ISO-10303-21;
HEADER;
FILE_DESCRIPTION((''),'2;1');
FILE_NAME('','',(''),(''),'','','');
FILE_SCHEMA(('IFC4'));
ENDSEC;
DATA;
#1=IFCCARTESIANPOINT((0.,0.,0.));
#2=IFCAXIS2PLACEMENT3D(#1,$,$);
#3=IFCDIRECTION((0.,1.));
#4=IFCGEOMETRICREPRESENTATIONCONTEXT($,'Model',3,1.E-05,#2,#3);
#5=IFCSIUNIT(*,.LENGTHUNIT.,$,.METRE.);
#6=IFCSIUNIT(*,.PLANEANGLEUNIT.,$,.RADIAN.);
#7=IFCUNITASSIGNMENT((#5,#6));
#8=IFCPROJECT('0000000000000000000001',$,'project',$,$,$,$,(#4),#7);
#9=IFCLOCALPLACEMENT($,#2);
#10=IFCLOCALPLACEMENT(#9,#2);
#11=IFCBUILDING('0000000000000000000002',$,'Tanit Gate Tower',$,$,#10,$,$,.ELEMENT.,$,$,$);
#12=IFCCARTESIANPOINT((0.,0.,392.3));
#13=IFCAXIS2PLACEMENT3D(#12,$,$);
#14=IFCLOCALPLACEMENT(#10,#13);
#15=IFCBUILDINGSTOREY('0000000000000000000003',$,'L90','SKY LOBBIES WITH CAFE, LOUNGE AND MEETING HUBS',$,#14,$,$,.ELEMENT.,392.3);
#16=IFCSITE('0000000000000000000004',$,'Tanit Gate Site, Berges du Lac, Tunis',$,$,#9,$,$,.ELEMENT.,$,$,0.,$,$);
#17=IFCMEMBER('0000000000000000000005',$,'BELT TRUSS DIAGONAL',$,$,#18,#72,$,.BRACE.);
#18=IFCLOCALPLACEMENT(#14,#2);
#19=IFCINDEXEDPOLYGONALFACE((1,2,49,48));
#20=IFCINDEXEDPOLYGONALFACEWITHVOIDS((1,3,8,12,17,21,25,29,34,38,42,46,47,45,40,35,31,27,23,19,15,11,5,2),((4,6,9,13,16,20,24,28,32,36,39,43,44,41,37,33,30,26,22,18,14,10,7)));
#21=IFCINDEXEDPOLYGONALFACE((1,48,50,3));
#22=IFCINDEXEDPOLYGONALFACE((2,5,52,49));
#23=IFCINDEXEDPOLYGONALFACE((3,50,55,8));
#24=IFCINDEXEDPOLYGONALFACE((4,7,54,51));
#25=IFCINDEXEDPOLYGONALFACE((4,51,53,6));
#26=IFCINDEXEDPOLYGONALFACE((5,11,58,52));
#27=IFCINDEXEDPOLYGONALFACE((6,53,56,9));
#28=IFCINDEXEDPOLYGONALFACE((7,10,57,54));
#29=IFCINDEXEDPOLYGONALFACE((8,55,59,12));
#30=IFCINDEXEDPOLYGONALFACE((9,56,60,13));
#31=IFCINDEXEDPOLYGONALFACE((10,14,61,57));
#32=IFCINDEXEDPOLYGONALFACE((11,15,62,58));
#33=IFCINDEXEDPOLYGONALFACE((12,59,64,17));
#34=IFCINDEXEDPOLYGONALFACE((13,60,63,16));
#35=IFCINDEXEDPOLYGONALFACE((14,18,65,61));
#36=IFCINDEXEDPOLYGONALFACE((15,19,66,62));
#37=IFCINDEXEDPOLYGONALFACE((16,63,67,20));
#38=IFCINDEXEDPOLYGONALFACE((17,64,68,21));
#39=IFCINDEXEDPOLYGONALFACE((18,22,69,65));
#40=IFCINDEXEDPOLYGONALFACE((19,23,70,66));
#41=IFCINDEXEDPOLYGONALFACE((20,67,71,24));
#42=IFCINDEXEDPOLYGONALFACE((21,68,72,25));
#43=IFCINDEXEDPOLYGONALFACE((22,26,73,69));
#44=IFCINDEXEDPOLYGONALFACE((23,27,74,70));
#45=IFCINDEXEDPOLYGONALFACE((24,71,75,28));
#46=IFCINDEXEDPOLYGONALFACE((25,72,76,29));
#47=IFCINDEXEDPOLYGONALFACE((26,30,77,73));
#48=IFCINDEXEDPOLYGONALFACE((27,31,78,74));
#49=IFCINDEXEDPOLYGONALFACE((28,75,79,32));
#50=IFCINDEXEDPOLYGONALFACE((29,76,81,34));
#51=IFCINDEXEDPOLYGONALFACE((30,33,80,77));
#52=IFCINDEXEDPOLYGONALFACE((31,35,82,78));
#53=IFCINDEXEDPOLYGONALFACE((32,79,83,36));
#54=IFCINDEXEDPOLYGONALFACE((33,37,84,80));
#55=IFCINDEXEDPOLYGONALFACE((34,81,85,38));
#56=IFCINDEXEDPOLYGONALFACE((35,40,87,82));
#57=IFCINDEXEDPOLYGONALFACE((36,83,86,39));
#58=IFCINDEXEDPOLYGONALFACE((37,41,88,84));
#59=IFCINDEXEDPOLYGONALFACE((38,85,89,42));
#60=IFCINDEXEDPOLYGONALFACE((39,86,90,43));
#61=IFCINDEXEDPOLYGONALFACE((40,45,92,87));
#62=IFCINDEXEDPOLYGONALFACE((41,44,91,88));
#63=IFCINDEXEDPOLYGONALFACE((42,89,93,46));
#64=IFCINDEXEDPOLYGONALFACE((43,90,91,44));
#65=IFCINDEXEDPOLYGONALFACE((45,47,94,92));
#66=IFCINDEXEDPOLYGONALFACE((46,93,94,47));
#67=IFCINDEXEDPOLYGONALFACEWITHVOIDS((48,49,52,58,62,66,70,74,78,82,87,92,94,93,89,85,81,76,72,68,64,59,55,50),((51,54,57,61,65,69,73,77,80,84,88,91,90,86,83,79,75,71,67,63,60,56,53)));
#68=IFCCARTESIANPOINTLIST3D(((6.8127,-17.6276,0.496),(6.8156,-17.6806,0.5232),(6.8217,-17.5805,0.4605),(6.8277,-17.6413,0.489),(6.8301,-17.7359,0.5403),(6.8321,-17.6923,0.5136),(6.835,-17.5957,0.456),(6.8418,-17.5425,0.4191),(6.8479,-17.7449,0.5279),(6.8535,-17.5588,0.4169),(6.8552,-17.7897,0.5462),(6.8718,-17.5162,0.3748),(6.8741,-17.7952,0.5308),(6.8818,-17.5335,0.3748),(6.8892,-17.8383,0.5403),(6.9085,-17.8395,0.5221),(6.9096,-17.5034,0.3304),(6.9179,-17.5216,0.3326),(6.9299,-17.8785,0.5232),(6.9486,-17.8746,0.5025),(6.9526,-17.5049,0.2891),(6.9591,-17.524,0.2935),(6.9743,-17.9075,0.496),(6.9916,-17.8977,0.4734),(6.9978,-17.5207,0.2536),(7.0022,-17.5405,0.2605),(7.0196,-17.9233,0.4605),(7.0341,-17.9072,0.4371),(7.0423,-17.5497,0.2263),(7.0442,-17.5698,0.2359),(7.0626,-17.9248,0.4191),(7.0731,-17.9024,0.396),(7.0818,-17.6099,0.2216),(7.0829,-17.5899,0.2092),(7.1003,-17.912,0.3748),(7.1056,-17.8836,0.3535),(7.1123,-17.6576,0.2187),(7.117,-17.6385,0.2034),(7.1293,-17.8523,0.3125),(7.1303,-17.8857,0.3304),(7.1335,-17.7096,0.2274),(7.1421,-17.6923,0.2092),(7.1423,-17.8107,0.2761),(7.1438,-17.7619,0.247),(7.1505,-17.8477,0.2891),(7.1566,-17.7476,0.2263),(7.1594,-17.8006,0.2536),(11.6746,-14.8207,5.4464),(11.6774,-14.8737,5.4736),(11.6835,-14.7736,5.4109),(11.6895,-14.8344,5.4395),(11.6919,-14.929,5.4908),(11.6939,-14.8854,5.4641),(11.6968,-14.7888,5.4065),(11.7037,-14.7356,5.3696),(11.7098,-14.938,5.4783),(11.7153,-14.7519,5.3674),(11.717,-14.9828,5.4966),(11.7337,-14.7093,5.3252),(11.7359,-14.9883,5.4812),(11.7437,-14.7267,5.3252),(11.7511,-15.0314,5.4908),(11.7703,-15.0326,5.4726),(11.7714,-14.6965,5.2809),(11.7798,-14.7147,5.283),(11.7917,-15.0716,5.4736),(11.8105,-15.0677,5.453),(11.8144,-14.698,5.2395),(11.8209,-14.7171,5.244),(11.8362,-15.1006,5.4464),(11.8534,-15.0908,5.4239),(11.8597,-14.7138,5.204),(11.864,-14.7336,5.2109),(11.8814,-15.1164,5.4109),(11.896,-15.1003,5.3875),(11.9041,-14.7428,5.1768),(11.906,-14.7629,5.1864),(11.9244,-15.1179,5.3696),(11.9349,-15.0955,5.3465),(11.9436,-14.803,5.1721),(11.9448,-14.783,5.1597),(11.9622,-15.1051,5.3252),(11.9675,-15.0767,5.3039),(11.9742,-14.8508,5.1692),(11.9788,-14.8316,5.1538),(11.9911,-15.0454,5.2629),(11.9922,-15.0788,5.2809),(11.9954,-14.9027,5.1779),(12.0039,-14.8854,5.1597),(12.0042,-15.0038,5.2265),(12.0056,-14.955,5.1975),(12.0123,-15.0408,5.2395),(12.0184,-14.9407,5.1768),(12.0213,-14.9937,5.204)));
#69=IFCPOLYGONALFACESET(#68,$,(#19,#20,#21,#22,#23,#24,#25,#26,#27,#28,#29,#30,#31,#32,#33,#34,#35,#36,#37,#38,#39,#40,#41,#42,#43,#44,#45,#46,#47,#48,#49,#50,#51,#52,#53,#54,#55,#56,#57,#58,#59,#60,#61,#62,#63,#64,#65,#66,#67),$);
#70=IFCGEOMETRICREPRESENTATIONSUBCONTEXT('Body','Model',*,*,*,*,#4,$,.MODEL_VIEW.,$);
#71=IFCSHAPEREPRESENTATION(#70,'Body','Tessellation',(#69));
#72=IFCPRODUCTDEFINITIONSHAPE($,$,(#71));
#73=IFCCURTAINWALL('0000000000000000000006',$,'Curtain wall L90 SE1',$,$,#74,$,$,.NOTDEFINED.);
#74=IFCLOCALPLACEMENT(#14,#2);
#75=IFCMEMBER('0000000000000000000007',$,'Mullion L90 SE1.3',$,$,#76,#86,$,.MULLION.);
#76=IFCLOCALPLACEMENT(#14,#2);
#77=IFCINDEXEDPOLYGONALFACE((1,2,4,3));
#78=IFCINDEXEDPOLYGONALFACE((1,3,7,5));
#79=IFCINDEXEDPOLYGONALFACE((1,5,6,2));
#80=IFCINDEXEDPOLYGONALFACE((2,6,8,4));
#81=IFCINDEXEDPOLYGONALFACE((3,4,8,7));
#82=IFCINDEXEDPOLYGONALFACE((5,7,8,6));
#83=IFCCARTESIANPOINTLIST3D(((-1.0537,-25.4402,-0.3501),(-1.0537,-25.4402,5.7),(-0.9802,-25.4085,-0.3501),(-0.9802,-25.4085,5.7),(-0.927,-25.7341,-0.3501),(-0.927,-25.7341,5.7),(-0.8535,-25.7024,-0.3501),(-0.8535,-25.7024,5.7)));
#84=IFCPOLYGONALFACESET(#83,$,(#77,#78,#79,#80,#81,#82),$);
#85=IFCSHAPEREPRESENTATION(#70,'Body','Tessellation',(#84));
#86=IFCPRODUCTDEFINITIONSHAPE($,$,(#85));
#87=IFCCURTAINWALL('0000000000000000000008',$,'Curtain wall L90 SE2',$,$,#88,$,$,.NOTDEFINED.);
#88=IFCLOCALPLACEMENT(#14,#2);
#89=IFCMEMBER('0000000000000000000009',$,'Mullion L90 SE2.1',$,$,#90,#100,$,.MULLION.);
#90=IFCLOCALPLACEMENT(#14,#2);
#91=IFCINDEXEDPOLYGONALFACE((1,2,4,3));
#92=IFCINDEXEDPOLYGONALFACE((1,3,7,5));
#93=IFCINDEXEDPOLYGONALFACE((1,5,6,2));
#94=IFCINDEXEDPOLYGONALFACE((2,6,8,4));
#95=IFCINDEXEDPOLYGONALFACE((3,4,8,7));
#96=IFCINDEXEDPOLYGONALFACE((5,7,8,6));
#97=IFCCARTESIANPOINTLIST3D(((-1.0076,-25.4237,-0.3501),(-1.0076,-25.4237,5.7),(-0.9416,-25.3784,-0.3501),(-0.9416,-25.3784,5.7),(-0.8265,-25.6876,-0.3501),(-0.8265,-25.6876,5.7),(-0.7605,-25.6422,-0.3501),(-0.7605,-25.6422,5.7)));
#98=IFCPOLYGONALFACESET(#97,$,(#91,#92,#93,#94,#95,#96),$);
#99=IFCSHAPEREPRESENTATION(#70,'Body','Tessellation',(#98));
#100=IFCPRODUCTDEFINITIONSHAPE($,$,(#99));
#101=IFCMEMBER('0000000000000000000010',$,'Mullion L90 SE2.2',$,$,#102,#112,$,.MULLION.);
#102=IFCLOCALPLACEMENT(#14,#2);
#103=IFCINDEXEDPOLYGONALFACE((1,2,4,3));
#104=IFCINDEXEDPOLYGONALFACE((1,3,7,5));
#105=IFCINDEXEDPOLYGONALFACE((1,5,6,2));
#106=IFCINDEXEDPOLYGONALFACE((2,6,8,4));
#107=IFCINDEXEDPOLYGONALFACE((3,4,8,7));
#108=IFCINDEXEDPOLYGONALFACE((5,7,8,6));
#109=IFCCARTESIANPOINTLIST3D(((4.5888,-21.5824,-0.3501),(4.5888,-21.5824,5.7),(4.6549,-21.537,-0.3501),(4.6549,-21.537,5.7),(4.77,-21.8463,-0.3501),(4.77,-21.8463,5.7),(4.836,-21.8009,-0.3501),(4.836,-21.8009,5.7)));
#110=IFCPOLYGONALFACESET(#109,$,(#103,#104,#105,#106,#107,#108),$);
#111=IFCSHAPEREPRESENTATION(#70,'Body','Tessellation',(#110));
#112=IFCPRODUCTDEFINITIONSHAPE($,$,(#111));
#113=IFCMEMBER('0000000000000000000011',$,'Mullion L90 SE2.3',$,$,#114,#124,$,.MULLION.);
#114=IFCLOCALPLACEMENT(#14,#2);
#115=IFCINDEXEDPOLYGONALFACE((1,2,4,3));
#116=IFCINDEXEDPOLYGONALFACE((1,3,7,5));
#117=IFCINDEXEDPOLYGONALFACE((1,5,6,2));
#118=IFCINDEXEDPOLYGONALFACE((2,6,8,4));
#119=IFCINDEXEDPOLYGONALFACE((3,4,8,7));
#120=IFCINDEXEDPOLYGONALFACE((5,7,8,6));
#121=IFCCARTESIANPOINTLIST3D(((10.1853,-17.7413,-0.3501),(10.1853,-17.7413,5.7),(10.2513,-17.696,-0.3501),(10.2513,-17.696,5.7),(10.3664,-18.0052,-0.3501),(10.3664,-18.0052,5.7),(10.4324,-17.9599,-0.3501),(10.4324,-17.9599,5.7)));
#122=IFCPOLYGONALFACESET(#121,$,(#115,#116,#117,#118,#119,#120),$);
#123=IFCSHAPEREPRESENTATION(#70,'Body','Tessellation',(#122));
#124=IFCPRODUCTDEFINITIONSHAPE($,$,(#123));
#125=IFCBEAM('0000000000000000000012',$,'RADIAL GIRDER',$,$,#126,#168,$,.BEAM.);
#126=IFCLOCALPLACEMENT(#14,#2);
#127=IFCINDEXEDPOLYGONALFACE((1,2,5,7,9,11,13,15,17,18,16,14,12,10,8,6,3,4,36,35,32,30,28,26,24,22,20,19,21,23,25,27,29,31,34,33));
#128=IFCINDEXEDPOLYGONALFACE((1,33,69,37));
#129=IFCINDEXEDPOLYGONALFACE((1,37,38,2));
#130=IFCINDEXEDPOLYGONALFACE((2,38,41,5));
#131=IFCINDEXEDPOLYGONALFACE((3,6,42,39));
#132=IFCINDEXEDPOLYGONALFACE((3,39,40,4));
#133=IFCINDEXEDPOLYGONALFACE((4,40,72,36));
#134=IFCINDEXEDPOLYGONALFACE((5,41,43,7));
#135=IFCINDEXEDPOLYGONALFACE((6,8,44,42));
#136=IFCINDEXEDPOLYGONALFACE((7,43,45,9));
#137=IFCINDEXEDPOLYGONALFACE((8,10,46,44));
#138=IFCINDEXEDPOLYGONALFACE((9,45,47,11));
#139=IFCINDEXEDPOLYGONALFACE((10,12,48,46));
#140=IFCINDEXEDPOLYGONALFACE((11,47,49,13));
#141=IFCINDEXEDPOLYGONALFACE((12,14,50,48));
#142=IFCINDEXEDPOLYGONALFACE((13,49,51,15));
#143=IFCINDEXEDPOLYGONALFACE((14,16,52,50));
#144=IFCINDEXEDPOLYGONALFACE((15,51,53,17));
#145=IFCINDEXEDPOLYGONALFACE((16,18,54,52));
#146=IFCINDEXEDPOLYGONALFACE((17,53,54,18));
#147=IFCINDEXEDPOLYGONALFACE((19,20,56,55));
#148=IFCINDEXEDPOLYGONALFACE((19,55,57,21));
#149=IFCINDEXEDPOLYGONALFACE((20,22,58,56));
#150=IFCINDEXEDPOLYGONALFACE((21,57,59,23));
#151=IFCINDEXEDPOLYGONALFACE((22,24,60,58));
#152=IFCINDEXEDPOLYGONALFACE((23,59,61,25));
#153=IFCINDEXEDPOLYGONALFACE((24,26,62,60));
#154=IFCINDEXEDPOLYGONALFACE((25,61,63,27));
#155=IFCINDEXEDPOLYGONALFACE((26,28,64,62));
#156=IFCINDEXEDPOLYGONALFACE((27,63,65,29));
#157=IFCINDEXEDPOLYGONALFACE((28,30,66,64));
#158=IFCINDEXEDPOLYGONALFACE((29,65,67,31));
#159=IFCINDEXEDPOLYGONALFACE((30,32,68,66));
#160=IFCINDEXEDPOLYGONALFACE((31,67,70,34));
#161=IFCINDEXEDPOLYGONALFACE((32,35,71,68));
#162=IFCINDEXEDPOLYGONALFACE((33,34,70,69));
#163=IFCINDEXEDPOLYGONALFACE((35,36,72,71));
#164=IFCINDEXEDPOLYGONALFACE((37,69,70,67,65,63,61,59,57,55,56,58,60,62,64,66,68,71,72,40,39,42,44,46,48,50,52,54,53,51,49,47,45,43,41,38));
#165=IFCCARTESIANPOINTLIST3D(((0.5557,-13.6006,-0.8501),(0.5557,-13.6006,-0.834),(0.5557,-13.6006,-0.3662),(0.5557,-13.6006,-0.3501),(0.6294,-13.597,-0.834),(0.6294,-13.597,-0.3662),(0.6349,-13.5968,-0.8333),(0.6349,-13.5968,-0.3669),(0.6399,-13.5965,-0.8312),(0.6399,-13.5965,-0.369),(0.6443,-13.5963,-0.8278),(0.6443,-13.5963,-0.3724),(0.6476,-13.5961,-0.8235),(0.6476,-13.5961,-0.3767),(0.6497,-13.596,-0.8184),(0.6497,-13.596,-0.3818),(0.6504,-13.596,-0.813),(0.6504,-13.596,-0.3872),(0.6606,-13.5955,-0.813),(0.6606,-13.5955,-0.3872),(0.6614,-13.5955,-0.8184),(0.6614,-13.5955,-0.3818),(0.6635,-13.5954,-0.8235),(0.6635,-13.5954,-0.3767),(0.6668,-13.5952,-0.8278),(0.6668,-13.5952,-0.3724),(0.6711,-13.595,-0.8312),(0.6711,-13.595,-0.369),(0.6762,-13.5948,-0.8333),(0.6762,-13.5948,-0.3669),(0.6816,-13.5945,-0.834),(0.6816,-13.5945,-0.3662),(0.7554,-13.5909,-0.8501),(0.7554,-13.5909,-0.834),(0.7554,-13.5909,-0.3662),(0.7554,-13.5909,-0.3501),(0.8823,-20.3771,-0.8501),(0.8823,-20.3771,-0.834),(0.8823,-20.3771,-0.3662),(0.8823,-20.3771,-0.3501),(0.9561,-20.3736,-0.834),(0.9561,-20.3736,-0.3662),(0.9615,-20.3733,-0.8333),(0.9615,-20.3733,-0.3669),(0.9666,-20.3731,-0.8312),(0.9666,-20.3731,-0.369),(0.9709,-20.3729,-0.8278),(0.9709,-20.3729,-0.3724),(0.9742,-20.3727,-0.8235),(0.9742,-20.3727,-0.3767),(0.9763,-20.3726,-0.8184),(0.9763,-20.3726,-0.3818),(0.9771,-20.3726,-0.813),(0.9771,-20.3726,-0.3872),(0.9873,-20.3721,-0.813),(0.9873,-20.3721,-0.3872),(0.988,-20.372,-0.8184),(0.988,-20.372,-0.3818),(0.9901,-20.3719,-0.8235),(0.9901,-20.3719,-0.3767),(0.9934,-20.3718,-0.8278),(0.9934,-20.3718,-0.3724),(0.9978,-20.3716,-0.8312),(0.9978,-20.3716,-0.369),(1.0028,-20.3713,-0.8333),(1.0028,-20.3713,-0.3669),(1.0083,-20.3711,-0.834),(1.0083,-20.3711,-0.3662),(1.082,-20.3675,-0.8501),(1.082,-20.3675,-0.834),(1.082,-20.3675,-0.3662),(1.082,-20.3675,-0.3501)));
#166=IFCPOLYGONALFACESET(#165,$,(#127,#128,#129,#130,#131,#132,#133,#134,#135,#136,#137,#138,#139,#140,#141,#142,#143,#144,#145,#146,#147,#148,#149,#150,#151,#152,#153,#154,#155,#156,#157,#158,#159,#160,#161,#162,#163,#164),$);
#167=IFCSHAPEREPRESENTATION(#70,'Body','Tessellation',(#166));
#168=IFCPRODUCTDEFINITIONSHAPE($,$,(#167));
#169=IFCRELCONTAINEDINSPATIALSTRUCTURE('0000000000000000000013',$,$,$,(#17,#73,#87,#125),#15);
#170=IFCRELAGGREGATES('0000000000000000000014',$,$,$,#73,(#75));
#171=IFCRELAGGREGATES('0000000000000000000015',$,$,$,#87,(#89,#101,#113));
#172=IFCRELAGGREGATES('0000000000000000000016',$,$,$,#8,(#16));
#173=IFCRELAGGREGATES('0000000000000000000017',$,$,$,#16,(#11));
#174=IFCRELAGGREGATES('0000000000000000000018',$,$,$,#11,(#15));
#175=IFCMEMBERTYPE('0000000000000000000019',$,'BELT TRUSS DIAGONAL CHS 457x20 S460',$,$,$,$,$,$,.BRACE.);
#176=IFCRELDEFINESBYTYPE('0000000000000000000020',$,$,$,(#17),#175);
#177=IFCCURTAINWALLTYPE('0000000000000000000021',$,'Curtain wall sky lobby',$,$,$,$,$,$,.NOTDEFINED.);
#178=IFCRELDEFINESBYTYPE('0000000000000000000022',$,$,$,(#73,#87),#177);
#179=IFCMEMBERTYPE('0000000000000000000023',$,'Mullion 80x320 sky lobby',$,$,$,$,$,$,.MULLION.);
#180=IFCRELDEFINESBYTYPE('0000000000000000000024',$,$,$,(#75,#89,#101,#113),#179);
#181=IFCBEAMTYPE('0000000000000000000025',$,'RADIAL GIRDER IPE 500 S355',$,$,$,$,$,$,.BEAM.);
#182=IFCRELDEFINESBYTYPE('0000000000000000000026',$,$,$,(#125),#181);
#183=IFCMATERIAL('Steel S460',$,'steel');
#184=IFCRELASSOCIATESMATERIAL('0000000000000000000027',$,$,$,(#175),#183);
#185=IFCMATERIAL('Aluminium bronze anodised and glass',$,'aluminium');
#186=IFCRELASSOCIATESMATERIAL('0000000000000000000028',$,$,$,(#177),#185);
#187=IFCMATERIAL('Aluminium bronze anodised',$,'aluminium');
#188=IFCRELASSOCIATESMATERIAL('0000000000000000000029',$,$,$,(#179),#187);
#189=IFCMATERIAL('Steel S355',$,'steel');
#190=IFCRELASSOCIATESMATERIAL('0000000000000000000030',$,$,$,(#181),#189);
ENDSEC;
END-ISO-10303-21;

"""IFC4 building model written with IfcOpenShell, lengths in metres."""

from ifc_helpers import new_model, si_unit, direction, frame, origin, origin_2d, place, context, subcontext, project, spatial, rectangle, hollow_circle, i_section, extrude, material, material_profile, profile_set, type_object, element, aggregate, save


model = new_model("IFC4")

# Units and contexts
model_context = context("Model", 3, precision=1e-05, world=origin(), true_north=direction((0.0, 1.0)))
body_context = subcontext(model_context, "Body", "Model", "MODEL_VIEW")
ifc_project = project(units=[si_unit("LENGTHUNIT", "METRE"), si_unit("PLANEANGLEUNIT", "RADIAN")], contexts=[model_context])

# Site, building, storey
site_placement = place(None, origin())
site = spatial("IfcSite", under=ifc_project, at=site_placement, Name="Tanit Gate Site, Berges du Lac, Tunis", CompositionType="ELEMENT", RefElevation=0.0)
building_placement = place(site_placement, origin())
building = spatial("IfcBuilding", under=site, at=building_placement, Name="Tanit Gate Tower", CompositionType="ELEMENT")
storey_placement = place(building_placement, frame((0.0, 0.0, 392.3)))
storey = spatial("IfcBuildingStorey", under=building, at=storey_placement, Name="L90", Description="SKY LOBBIES WITH CAFE, LOUNGE AND MEETING HUBS", CompositionType="ELEMENT", Elevation=392.3)

# Member
ifc_material_1 = material(Name="Steel S460", Category="steel")
ifc_material_profile_1 = material_profile(ifc_material_1, hollow_circle(Radius=0.2285, WallThickness=0.02, at=origin_2d()), Name="CHS 457x20")
ifc_profile_set_1 = profile_set([ifc_material_profile_1], Name="Steel S460")
member_type_1 = type_object("IfcMemberType", Name="BELT TRUSS DIAGONAL CHS 457x20 S460", PredefinedType="BRACE", material=ifc_profile_set_1)
for number, where, z_axis, x_axis, name in (
    (1, (6.9861, -17.7141, 0.3748), (0.649556, 0.37501, 0.661396), (-0.499988, 0.866032, 0.0), "BELT TRUSS DIAGONAL"),
):
    element("IfcMember", number, at=place(storey_placement, frame(where, z_axis=z_axis, x_axis=x_axis)), inside=storey, type_object=member_type_1, Name=name, PredefinedType="BRACE", context=body_context, shape_type="SweptSolid", body=[
        extrude(hollow_circle(Radius=0.2285, WallThickness=0.02, at=origin_2d()), origin(), (0.0, 0.0, 1.0), 7.4849),
    ])

# Curtain wall, member
ifc_material_2 = material(Name="Aluminium bronze anodised and glass", Category="aluminium")
curtain_wall_type = type_object("IfcCurtainWallType", Name="Curtain wall sky lobby", PredefinedType="NOTDEFINED", material=ifc_material_2)
curtain_wall_1_placement = place(storey_placement, origin())
curtain_wall_1 = element("IfcCurtainWall", 2, at=curtain_wall_1_placement, inside=storey, type_object=curtain_wall_type, Name="Curtain wall L90 SE1", PredefinedType="NOTDEFINED")
ifc_material_3 = material(Name="Aluminium bronze anodised", Category="aluminium")
ifc_material_profile_2 = material_profile(ifc_material_3, rectangle(XDim=0.3201, YDim=0.0801, at=origin_2d()), Name="80x320 bronze mullion")
ifc_profile_set_2 = profile_set([ifc_material_profile_2], Name="Aluminium bronze anodised")
member_type_2 = type_object("IfcMemberType", Name="Mullion 80x320 sky lobby", PredefinedType="MULLION", material=ifc_profile_set_2)
member_1_placement = place(storey_placement, frame((-0.9536, -25.5713, -0.3501), z_axis=(0.0, 0.0, 1.0), x_axis=(-0.395871, 0.918306, 0.0)))
member_1 = element("IfcMember", 3, at=member_1_placement, type_object=member_type_2, Name="Mullion L90 SE1.3", PredefinedType="MULLION", context=body_context, shape_type="SweptSolid", body=[
    extrude(rectangle(XDim=0.3201, YDim=0.0801, at=origin_2d()), origin(), (0.0, 0.0, 1.0), 6.05),
])

# Curtain wall, members
curtain_wall_2_placement = place(storey_placement, origin())
curtain_wall_2 = element("IfcCurtainWall", 4, at=curtain_wall_2_placement, inside=storey, type_object=curtain_wall_type, Name="Curtain wall L90 SE2", PredefinedType="NOTDEFINED")
member_2_placement = place(storey_placement, frame((-0.884, -25.533, -0.3501), z_axis=(0.0, 0.0, 1.0), x_axis=(-0.565893, 0.824479, 0.0)))
member_2 = element("IfcMember", 5, at=member_2_placement, type_object=member_type_2, Name="Mullion L90 SE2.1", PredefinedType="MULLION", context=body_context, shape_type="SweptSolid", body=[
    extrude(rectangle(XDim=0.3201, YDim=0.0801, at=origin_2d()), origin(), (0.0, 0.0, 1.0), 6.05),
])
member_3_placement = place(storey_placement, frame((4.7124, -21.6917, -0.3501), z_axis=(0.0, 0.0, 1.0), x_axis=(-0.565893, 0.824479, 0.0)))
member_3 = element("IfcMember", 6, at=member_3_placement, type_object=member_type_2, Name="Mullion L90 SE2.2", PredefinedType="MULLION", context=body_context, shape_type="SweptSolid", body=[
    extrude(rectangle(XDim=0.3201, YDim=0.0801, at=origin_2d()), origin(), (0.0, 0.0, 1.0), 6.05),
])
member_4_placement = place(storey_placement, frame((10.3088, -17.8506, -0.3501), z_axis=(0.0, 0.0, 1.0), x_axis=(-0.565893, 0.824479, 0.0)))
member_4 = element("IfcMember", 7, at=member_4_placement, type_object=member_type_2, Name="Mullion L90 SE2.3", PredefinedType="MULLION", context=body_context, shape_type="SweptSolid", body=[
    extrude(rectangle(XDim=0.3201, YDim=0.0801, at=origin_2d()), origin(), (0.0, 0.0, 1.0), 6.05),
])

# Beam
ifc_material_4 = material(Name="Steel S355", Category="steel")
ifc_material_profile_3 = material_profile(ifc_material_4, i_section(OverallWidth=0.2, OverallDepth=0.5, WebThickness=0.0103, FlangeThickness=0.0161, FilletRadius=0.021, at=origin_2d()), Name="IPE 500")
ifc_profile_set_3 = profile_set([ifc_material_profile_3], Name="Steel S355")
beam_type_1 = type_object("IfcBeamType", Name="RADIAL GIRDER IPE 500 S355", PredefinedType="BEAM", material=ifc_profile_set_3)
beam_1_placement = place(storey_placement, frame((0.9822, -20.3723, -0.6001), z_axis=(-0.048148, 0.99884, 0.0), x_axis=(-0.99884, -0.048148, 0.0)))
element("IfcBeam", 8, at=beam_1_placement, inside=storey, type_object=beam_type_1, Name="RADIAL GIRDER", PredefinedType="BEAM", context=body_context, shape_type="SweptSolid", body=[
    extrude(i_section(OverallWidth=0.2, OverallDepth=0.5, WebThickness=0.0103, FlangeThickness=0.0161, FilletRadius=0.021, at=origin_2d()), origin(), (0.0, 0.0, 1.0), 6.7844),
])

aggregate(curtain_wall_1, [member_1])
aggregate(curtain_wall_2, [member_2, member_3, member_4])

save(model, "model.ifc")
